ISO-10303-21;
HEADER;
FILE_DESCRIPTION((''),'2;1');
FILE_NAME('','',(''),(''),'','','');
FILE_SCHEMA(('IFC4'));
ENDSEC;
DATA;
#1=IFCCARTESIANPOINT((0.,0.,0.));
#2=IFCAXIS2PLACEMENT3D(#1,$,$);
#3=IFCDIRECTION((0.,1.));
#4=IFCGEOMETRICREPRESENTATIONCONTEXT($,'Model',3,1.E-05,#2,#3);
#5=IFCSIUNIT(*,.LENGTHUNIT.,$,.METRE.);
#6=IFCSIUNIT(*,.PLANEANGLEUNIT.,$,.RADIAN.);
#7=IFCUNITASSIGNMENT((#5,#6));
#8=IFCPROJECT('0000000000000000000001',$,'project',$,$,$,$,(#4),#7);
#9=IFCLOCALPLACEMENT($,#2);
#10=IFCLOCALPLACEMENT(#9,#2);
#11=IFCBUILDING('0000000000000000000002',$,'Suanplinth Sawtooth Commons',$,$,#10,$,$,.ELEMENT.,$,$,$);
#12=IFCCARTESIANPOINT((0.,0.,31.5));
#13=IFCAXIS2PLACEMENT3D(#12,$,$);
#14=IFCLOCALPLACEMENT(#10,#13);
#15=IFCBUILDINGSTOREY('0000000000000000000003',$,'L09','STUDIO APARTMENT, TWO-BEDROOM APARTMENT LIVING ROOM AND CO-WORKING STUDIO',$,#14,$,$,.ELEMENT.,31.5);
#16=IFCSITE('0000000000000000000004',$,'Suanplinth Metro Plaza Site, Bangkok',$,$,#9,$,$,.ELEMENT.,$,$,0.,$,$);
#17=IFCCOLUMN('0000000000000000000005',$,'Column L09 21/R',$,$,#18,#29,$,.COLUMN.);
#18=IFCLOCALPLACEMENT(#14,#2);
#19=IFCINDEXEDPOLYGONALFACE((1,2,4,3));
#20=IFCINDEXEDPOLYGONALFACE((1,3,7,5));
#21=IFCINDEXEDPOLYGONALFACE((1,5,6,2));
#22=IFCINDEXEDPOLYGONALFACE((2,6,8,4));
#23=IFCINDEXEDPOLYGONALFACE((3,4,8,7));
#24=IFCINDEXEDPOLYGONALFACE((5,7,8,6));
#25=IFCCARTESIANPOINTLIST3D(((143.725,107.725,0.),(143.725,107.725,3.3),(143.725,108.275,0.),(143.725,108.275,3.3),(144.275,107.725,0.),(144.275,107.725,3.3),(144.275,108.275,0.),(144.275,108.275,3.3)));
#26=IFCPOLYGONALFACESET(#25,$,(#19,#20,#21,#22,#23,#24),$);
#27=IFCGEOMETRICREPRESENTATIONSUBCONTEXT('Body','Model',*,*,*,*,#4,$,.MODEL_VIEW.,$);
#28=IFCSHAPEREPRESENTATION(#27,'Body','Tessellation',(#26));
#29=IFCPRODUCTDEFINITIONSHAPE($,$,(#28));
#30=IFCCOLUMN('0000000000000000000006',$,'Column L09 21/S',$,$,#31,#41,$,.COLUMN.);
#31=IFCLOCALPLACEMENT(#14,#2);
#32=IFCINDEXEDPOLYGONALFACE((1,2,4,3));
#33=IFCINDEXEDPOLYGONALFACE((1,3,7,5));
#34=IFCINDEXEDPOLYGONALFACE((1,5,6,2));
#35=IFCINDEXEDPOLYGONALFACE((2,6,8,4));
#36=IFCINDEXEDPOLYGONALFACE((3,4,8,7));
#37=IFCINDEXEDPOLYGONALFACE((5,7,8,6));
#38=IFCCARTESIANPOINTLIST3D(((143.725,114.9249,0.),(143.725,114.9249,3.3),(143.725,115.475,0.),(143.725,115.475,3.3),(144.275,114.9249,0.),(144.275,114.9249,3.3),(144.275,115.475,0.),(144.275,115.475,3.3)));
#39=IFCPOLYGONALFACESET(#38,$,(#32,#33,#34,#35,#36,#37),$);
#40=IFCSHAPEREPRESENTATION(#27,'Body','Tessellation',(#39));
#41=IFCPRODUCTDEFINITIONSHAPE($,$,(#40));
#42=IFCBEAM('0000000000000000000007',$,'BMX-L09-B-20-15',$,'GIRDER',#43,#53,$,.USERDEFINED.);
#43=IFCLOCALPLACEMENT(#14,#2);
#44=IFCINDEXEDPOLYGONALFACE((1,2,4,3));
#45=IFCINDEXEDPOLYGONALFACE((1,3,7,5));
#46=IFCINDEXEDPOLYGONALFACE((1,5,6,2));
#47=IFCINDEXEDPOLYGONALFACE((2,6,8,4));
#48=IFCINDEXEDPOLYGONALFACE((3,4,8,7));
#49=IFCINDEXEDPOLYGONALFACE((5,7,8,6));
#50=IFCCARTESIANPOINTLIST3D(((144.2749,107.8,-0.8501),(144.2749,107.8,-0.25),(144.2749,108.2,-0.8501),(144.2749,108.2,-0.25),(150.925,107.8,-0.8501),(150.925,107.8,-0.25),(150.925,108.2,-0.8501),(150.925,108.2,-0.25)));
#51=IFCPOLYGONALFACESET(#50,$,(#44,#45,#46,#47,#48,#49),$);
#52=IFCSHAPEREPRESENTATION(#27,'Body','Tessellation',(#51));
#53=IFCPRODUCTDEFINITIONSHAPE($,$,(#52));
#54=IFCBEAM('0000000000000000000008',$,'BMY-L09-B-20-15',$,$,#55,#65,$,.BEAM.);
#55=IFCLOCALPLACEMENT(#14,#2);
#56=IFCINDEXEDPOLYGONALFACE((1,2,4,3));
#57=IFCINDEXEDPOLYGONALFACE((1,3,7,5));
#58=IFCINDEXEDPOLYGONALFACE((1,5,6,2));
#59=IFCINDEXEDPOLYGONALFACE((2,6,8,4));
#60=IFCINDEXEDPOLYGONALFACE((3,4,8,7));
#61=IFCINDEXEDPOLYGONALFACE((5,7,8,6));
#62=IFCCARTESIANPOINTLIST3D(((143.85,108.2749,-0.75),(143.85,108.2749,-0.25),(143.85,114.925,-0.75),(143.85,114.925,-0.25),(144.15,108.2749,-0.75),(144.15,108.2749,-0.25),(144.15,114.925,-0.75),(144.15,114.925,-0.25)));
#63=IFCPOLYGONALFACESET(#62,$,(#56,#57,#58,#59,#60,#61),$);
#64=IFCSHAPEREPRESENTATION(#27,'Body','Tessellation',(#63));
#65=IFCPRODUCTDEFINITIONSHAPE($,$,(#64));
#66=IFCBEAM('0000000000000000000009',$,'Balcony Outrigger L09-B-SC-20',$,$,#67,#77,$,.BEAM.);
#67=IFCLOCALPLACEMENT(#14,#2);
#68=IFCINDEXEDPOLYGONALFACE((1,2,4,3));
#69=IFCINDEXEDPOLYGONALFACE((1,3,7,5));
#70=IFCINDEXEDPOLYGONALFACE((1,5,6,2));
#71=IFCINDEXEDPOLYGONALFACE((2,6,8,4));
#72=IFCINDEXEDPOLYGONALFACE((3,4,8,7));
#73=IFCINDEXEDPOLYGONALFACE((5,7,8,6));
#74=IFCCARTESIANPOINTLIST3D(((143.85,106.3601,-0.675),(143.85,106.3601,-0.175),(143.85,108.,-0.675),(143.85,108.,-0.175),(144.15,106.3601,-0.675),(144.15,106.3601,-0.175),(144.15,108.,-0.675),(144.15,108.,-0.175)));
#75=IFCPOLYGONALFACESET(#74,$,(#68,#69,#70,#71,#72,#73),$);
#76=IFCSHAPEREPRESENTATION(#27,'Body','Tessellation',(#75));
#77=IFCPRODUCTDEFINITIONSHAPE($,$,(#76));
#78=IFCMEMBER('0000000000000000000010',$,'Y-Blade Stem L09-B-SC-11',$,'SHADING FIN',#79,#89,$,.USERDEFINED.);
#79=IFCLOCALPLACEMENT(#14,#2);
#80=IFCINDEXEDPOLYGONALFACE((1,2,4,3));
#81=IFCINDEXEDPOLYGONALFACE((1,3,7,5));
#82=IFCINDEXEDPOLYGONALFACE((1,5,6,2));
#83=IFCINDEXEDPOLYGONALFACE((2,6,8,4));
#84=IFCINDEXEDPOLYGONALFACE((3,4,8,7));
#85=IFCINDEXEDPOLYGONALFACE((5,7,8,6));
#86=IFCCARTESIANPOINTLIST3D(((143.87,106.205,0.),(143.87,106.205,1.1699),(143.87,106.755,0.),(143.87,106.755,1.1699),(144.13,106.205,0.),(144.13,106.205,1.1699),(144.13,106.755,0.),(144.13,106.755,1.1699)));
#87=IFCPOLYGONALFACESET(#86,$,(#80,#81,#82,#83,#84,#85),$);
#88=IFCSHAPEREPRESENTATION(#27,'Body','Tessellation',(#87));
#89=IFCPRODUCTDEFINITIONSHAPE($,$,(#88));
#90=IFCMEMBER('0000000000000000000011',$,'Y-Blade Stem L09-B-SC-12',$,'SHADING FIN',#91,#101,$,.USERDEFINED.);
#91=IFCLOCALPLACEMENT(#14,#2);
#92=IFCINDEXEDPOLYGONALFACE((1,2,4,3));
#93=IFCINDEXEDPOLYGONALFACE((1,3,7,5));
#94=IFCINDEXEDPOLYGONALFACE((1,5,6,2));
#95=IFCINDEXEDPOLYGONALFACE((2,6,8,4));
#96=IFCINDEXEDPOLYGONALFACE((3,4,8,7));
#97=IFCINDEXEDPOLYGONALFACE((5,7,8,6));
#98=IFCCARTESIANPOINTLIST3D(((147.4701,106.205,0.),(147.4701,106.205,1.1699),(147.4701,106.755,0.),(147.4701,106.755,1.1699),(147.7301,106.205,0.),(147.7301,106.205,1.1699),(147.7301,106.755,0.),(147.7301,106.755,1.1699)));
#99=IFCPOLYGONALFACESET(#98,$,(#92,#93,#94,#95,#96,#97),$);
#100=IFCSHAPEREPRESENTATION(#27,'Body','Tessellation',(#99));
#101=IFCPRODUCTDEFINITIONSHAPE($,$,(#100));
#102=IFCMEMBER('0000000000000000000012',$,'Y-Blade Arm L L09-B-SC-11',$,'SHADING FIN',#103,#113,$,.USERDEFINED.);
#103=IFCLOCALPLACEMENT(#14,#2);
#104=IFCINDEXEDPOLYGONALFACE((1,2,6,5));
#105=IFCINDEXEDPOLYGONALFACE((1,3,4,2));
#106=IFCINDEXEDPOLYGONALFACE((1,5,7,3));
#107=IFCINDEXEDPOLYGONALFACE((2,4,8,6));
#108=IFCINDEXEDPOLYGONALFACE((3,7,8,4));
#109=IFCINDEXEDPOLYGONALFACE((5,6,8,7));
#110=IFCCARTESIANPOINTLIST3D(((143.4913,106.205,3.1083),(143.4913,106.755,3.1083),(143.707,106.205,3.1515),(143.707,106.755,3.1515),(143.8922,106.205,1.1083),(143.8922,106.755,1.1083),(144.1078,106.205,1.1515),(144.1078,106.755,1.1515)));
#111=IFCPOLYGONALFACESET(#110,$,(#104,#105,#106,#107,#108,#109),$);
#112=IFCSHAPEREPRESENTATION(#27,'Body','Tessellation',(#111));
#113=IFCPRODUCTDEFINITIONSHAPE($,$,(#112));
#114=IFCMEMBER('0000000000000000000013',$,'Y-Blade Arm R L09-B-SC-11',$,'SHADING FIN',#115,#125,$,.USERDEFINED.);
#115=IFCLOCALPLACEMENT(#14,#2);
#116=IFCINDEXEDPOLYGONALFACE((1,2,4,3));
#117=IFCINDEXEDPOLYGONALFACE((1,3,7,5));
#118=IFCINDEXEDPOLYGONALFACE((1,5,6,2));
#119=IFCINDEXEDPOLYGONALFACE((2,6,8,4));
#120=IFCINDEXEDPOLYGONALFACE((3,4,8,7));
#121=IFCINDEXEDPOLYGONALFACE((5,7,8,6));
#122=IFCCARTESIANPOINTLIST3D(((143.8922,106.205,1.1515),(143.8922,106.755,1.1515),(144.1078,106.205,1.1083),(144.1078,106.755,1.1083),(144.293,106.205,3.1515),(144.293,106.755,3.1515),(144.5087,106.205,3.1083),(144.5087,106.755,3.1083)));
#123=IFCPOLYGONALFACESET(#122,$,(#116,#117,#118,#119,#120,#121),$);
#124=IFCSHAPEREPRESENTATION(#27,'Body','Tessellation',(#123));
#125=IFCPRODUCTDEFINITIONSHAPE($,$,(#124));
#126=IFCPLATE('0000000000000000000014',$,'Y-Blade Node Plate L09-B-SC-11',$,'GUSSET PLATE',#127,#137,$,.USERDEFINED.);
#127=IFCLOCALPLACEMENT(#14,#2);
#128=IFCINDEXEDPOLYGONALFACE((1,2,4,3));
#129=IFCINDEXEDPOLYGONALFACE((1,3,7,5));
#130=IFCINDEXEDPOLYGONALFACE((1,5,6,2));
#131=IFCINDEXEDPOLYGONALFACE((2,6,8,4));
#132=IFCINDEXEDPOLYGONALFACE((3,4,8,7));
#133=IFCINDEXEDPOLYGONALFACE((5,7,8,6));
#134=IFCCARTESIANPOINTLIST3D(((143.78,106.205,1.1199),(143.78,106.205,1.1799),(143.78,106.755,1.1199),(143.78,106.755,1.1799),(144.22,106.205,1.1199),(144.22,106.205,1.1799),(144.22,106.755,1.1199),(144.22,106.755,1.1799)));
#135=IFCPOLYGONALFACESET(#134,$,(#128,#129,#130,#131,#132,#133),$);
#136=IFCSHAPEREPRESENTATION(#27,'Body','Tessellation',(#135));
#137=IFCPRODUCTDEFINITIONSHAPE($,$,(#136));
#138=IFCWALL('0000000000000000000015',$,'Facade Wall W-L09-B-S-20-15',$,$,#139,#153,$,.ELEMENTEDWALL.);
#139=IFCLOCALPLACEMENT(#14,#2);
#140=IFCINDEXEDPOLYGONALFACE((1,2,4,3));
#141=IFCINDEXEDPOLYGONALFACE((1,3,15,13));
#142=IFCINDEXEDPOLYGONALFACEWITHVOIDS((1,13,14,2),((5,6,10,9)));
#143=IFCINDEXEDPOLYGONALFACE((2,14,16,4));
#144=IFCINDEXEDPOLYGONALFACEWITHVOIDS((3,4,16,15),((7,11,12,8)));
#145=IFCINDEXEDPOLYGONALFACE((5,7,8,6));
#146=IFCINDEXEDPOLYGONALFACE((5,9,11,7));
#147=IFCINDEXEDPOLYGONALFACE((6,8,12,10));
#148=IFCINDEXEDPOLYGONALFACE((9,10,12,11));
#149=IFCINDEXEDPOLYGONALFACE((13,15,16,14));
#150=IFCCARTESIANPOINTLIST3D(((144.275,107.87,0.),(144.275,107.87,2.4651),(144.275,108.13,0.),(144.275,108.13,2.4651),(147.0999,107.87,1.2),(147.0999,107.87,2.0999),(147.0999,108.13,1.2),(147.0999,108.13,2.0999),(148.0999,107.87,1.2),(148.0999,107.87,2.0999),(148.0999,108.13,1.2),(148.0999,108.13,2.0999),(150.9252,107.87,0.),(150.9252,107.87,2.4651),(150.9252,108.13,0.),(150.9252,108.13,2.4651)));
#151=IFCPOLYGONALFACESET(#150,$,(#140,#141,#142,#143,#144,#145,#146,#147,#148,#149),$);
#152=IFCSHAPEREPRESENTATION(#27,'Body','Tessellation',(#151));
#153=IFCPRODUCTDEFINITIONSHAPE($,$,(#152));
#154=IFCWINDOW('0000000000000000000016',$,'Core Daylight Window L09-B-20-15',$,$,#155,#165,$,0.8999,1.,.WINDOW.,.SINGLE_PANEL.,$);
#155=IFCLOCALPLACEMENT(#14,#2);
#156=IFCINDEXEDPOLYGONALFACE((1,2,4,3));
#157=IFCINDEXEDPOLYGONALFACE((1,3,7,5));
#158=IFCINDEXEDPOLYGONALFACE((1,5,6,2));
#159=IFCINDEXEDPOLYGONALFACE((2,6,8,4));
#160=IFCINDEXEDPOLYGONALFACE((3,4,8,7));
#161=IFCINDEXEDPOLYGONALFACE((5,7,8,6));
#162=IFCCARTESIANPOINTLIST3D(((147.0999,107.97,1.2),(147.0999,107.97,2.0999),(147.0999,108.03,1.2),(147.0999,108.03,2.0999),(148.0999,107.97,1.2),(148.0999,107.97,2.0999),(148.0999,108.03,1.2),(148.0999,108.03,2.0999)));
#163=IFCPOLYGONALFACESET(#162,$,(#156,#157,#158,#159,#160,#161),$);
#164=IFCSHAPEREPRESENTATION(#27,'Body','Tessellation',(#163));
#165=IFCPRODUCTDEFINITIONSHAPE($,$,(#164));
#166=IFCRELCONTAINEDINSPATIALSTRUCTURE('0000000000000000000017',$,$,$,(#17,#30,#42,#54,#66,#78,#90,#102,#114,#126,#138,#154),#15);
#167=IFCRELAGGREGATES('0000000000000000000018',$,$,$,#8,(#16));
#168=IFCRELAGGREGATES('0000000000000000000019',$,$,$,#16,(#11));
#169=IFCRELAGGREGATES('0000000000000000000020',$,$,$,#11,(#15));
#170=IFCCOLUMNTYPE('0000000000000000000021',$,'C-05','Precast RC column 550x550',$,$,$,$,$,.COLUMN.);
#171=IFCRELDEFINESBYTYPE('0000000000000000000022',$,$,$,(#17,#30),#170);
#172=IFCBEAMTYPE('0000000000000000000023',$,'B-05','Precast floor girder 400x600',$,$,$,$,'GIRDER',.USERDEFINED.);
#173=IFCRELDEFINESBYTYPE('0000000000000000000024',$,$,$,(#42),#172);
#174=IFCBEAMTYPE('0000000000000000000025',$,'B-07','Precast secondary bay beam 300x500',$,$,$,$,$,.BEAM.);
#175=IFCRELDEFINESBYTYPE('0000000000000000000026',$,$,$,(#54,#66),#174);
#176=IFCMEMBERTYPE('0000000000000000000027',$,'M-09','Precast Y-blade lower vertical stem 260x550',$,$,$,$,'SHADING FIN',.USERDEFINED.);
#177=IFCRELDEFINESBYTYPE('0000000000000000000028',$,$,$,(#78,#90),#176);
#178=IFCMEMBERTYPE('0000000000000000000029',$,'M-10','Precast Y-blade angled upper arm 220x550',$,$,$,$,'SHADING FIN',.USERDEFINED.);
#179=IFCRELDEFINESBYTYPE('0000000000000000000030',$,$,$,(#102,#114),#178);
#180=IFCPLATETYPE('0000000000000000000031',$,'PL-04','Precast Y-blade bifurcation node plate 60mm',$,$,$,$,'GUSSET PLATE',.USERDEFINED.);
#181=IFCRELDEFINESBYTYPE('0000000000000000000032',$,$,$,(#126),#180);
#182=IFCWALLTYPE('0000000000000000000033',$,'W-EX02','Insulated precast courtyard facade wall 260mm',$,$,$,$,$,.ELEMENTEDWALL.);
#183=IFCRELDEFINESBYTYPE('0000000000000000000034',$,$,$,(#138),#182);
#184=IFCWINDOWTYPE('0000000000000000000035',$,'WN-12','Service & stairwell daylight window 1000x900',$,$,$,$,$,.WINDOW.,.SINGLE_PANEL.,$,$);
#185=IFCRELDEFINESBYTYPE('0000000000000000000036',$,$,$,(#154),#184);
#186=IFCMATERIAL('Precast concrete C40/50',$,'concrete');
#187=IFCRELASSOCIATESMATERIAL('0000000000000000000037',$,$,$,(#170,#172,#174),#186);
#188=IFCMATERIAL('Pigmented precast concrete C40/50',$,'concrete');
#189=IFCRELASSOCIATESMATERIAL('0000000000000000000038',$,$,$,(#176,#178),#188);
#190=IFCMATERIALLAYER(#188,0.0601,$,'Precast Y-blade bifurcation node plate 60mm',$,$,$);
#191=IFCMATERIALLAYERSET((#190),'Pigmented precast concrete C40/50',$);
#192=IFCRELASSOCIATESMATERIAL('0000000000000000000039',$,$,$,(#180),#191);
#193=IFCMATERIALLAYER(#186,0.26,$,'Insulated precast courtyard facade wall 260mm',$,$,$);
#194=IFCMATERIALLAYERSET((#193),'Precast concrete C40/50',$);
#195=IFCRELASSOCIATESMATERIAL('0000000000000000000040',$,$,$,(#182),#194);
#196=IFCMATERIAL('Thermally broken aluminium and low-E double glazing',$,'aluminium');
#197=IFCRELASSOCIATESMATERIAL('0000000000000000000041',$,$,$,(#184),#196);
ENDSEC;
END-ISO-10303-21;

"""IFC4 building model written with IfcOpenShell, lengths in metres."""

from ifc_helpers import new_model, si_unit, direction, frame, frame_2d, origin, origin_2d, place, context, subcontext, project, spatial, rectangle, extrude, material, layer, layer_set, material_profile, profile_set, type_object, element, fill, save


model = new_model("IFC4")

# Units and contexts
model_context = context("Model", 3, precision=1e-05, world=origin(), true_north=direction((0.0, 1.0)))
body_context = subcontext(model_context, "Body", "Model", "MODEL_VIEW")
ifc_project = project(units=[si_unit("LENGTHUNIT", "METRE"), si_unit("PLANEANGLEUNIT", "RADIAN")], contexts=[model_context])

# Site, building, storey
site_placement = place(None, origin())
site = spatial("IfcSite", under=ifc_project, at=site_placement, Name="Suanplinth Metro Plaza Site, Bangkok", CompositionType="ELEMENT", RefElevation=0.0)
building_placement = place(site_placement, origin())
building = spatial("IfcBuilding", under=site, at=building_placement, Name="Suanplinth Sawtooth Commons", CompositionType="ELEMENT")
storey_placement = place(building_placement, frame((0.0, 0.0, 31.5)))
storey = spatial("IfcBuildingStorey", under=building, at=storey_placement, Name="L09", Description="STUDIO APARTMENT, TWO-BEDROOM APARTMENT LIVING ROOM AND CO-WORKING STUDIO", CompositionType="ELEMENT", Elevation=31.5)

# Columns
ifc_material_1 = material(Name="Precast concrete C40/50", Category="concrete")
ifc_material_profile_1 = material_profile(ifc_material_1, rectangle(XDim=0.55, YDim=0.55, at=origin_2d()), Name="PC-COL 550x550")
ifc_profile_set_1 = profile_set([ifc_material_profile_1], Name="Precast concrete C40/50")
column_type = type_object("IfcColumnType", Name="C-05", Description="Precast RC column 550x550", PredefinedType="COLUMN", material=ifc_profile_set_1)
for number, where, z_axis, x_axis, name in (
    (1, (144.0, 108.0, 0.0), (0.0, 0.0, 1.0), (1.0, 0.0, 0.0), "Column L09 21/R"),
    (2, (144.0, 115.2, 0.0), (0.0, 0.0, 1.0), (1.0, 0.0, 0.0), "Column L09 21/S"),
):
    element("IfcColumn", number, at=place(storey_placement, frame(where, z_axis=z_axis, x_axis=x_axis)), inside=storey, type_object=column_type, Name=name, PredefinedType="COLUMN", context=body_context, shape_type="SweptSolid", body=[
        extrude(rectangle(XDim=0.55, YDim=0.55, at=origin_2d()), origin(), (0.0, 0.0, 1.0), 3.3),
    ])

# Beams
ifc_material_profile_2 = material_profile(ifc_material_1, rectangle(XDim=0.3999, YDim=0.6001, at=origin_2d()), Name="PC-GDR 400x600")
ifc_profile_set_2 = profile_set([ifc_material_profile_2], Name="Precast concrete C40/50")
beam_type_1 = type_object("IfcBeamType", Name="B-05", Description="Precast floor girder 400x600", ElementType="GIRDER", PredefinedType="USERDEFINED", material=ifc_profile_set_2)
beam_1_placement = place(storey_placement, frame((144.2749, 108.0, -0.55), z_axis=(1.0, 0.0, 0.0), x_axis=(0.0, 1.0, 0.0)))
element("IfcBeam", 3, at=beam_1_placement, inside=storey, type_object=beam_type_1, Name="BMX-L09-B-20-15", ObjectType="GIRDER", PredefinedType="USERDEFINED", context=body_context, shape_type="SweptSolid", body=[
    extrude(rectangle(XDim=0.3999, YDim=0.6001, at=origin_2d()), origin(), (0.0, 0.0, 1.0), 6.6501),
])
ifc_material_profile_3 = material_profile(ifc_material_1, rectangle(XDim=0.3, YDim=0.5, at=origin_2d()), Name="PC-BM 300x500")
ifc_profile_set_3 = profile_set([ifc_material_profile_3], Name="Precast concrete C40/50")
beam_type_2 = type_object("IfcBeamType", Name="B-07", Description="Precast secondary bay beam 300x500", PredefinedType="BEAM", material=ifc_profile_set_3)
beam_2_placement = place(storey_placement, frame((144.0, 108.2749, -0.5), z_axis=(0.0, 1.0, 0.0), x_axis=(-1.0, 0.0, 0.0)))
element("IfcBeam", 4, at=beam_2_placement, inside=storey, type_object=beam_type_2, Name="BMY-L09-B-20-15", PredefinedType="BEAM", context=body_context, shape_type="SweptSolid", body=[
    extrude(rectangle(XDim=0.3, YDim=0.5, at=origin_2d()), origin(), (0.0, 0.0, 1.0), 6.6501),
])
beam_3_placement = place(storey_placement, frame((144.0, 108.0, -0.425), z_axis=(0.0, -1.0, 0.0), x_axis=(1.0, 0.0, 0.0)))
element("IfcBeam", 5, at=beam_3_placement, inside=storey, type_object=beam_type_2, Name="Balcony Outrigger L09-B-SC-20", PredefinedType="BEAM", context=body_context, shape_type="SweptSolid", body=[
    extrude(rectangle(XDim=0.3, YDim=0.5, at=origin_2d()), origin(), (0.0, 0.0, 1.0), 1.6399),
])

# Members
ifc_material_2 = material(Name="Pigmented precast concrete C40/50", Category="concrete")
ifc_material_profile_4 = material_profile(ifc_material_2, rectangle(XDim=0.26, YDim=0.55, at=origin_2d()), Name="PC-FIN 260x550")
ifc_profile_set_4 = profile_set([ifc_material_profile_4], Name="Pigmented precast concrete C40/50")
member_type_1 = type_object("IfcMemberType", Name="M-09", Description="Precast Y-blade lower vertical stem 260x550", ElementType="SHADING FIN", PredefinedType="USERDEFINED", material=ifc_profile_set_4)
for number, where, z_axis, x_axis, name in (
    (6, (144.0, 106.48, 0.0), (0.0, 0.0, 1.0), (1.0, 0.0, 0.0), "Y-Blade Stem L09-B-SC-11"),
    (7, (147.6001, 106.48, 0.0), (0.0, 0.0, 1.0), (1.0, 0.0, 0.0), "Y-Blade Stem L09-B-SC-12"),
):
    element("IfcMember", number, at=place(storey_placement, frame(where, z_axis=z_axis, x_axis=x_axis)), inside=storey, type_object=member_type_1, Name=name, ObjectType="SHADING FIN", PredefinedType="USERDEFINED", context=body_context, shape_type="SweptSolid", body=[
        extrude(rectangle(XDim=0.26, YDim=0.55, at=origin_2d()), origin(), (0.0, 0.0, 1.0), 1.1699),
    ])
ifc_material_profile_5 = material_profile(ifc_material_2, rectangle(XDim=0.22, YDim=0.55, at=origin_2d()), Name="PC-FIN 220x550")
ifc_profile_set_5 = profile_set([ifc_material_profile_5], Name="Pigmented precast concrete C40/50")
member_type_2 = type_object("IfcMemberType", Name="M-10", Description="Precast Y-blade angled upper arm 220x550", ElementType="SHADING FIN", PredefinedType="USERDEFINED", material=ifc_profile_set_5)
for number, where, z_axis, x_axis, name in (
    (8, (144.0, 106.48, 1.1299), (-0.19653, 0.0, 0.980498), (0.980498, 0.0, 0.19653), "Y-Blade Arm L L09-B-SC-11"),
    (9, (144.0, 106.48, 1.1299), (0.19653, 0.0, 0.980498), (-0.980498, 0.0, 0.19653), "Y-Blade Arm R L09-B-SC-11"),
):
    element("IfcMember", number, at=place(storey_placement, frame(where, z_axis=z_axis, x_axis=x_axis)), inside=storey, type_object=member_type_2, Name=name, ObjectType="SHADING FIN", PredefinedType="USERDEFINED", context=body_context, shape_type="SweptSolid", body=[
        extrude(rectangle(XDim=0.22, YDim=0.55, at=origin_2d()), origin(), (0.0, 0.0, 1.0), 2.0398),
    ])

# Plate
ifc_layer_1 = layer(ifc_material_2, 0.0601, Name="Precast Y-blade bifurcation node plate 60mm")
ifc_layer_set_1 = layer_set([ifc_layer_1], Name="Pigmented precast concrete C40/50")
plate_type = type_object("IfcPlateType", Name="PL-04", Description="Precast Y-blade bifurcation node plate 60mm", ElementType="GUSSET PLATE", PredefinedType="USERDEFINED", material=ifc_layer_set_1)
plate_placement = place(storey_placement, frame((144.0, 106.48, 1.1199), z_axis=(0.0, 0.0, 1.0), x_axis=(1.0, 0.0, 0.0)))
element("IfcPlate", 10, at=plate_placement, inside=storey, type_object=plate_type, Name="Y-Blade Node Plate L09-B-SC-11", ObjectType="GUSSET PLATE", PredefinedType="USERDEFINED", context=body_context, shape_type="SweptSolid", body=[
    extrude(rectangle(XDim=0.4399, YDim=0.55, at=origin_2d()), origin(), (0.0, 0.0, 1.0), 0.0601),
])

# Wall, opening, window
ifc_layer_2 = layer(ifc_material_1, 0.26, Name="Insulated precast courtyard facade wall 260mm")
ifc_layer_set_2 = layer_set([ifc_layer_2], Name="Precast concrete C40/50")
wall_type_1 = type_object("IfcWallType", Name="W-EX02", Description="Insulated precast courtyard facade wall 260mm", PredefinedType="ELEMENTEDWALL", material=ifc_layer_set_2)
wall_1_placement = place(storey_placement, frame((144.2749, 108.0, 0.0), z_axis=(0.0, 0.0, 1.0), x_axis=(1.0, 0.0, 0.0)))
wall_1 = element("IfcWall", 11, at=wall_1_placement, inside=storey, type_object=wall_type_1, Name="Facade Wall W-L09-B-S-20-15", PredefinedType="ELEMENTEDWALL", context=body_context, shape_type="SweptSolid", body=[
    extrude(rectangle(XDim=6.6501, YDim=0.26, at=frame_2d((3.3252, 0.0))), origin(), (0.0, 0.0, 1.0), 2.4651),
])
opening_1_placement = place(wall_1_placement, frame((2.825, 0.0, 1.2)))
opening_1 = element("IfcOpeningElement", 12, at=opening_1_placement, cuts=wall_1, PredefinedType="OPENING", context=body_context, shape_type="SweptSolid", body=[
    extrude(rectangle(XDim=1.0, YDim=0.8999, at=frame_2d((0.5, 0.45))), frame((0.0, 0.145, 0.0), z_axis=(0.0, -1.0, 0.0), x_axis=(1.0, 0.0, 0.0)), (0.0, 0.0, 1.0), 0.2898),
])
ifc_material_3 = material(Name="Thermally broken aluminium and low-E double glazing", Category="aluminium")
window_type = type_object("IfcWindowType", Name="WN-12", Description="Service & stairwell daylight window 1000x900", PartitioningType="SINGLE_PANEL", PredefinedType="WINDOW", material=ifc_material_3)
window_placement = place(opening_1_placement, origin())
window = element("IfcWindow", 13, at=window_placement, inside=storey, type_object=window_type, Name="Core Daylight Window L09-B-20-15", OverallHeight=0.8999, OverallWidth=1.0, PartitioningType="SINGLE_PANEL", PredefinedType="WINDOW", context=body_context, shape_type="SweptSolid", body=[
    extrude(rectangle(XDim=1.0, YDim=0.8999, at=frame_2d((0.5, 0.45))), frame((0.0, 0.03, 0.0), z_axis=(0.0, -1.0, 0.0), x_axis=(1.0, 0.0, 0.0)), (0.0, 0.0, 1.0), 0.0601),
])
fill(opening_1, window)

save(model, "model.ifc")
